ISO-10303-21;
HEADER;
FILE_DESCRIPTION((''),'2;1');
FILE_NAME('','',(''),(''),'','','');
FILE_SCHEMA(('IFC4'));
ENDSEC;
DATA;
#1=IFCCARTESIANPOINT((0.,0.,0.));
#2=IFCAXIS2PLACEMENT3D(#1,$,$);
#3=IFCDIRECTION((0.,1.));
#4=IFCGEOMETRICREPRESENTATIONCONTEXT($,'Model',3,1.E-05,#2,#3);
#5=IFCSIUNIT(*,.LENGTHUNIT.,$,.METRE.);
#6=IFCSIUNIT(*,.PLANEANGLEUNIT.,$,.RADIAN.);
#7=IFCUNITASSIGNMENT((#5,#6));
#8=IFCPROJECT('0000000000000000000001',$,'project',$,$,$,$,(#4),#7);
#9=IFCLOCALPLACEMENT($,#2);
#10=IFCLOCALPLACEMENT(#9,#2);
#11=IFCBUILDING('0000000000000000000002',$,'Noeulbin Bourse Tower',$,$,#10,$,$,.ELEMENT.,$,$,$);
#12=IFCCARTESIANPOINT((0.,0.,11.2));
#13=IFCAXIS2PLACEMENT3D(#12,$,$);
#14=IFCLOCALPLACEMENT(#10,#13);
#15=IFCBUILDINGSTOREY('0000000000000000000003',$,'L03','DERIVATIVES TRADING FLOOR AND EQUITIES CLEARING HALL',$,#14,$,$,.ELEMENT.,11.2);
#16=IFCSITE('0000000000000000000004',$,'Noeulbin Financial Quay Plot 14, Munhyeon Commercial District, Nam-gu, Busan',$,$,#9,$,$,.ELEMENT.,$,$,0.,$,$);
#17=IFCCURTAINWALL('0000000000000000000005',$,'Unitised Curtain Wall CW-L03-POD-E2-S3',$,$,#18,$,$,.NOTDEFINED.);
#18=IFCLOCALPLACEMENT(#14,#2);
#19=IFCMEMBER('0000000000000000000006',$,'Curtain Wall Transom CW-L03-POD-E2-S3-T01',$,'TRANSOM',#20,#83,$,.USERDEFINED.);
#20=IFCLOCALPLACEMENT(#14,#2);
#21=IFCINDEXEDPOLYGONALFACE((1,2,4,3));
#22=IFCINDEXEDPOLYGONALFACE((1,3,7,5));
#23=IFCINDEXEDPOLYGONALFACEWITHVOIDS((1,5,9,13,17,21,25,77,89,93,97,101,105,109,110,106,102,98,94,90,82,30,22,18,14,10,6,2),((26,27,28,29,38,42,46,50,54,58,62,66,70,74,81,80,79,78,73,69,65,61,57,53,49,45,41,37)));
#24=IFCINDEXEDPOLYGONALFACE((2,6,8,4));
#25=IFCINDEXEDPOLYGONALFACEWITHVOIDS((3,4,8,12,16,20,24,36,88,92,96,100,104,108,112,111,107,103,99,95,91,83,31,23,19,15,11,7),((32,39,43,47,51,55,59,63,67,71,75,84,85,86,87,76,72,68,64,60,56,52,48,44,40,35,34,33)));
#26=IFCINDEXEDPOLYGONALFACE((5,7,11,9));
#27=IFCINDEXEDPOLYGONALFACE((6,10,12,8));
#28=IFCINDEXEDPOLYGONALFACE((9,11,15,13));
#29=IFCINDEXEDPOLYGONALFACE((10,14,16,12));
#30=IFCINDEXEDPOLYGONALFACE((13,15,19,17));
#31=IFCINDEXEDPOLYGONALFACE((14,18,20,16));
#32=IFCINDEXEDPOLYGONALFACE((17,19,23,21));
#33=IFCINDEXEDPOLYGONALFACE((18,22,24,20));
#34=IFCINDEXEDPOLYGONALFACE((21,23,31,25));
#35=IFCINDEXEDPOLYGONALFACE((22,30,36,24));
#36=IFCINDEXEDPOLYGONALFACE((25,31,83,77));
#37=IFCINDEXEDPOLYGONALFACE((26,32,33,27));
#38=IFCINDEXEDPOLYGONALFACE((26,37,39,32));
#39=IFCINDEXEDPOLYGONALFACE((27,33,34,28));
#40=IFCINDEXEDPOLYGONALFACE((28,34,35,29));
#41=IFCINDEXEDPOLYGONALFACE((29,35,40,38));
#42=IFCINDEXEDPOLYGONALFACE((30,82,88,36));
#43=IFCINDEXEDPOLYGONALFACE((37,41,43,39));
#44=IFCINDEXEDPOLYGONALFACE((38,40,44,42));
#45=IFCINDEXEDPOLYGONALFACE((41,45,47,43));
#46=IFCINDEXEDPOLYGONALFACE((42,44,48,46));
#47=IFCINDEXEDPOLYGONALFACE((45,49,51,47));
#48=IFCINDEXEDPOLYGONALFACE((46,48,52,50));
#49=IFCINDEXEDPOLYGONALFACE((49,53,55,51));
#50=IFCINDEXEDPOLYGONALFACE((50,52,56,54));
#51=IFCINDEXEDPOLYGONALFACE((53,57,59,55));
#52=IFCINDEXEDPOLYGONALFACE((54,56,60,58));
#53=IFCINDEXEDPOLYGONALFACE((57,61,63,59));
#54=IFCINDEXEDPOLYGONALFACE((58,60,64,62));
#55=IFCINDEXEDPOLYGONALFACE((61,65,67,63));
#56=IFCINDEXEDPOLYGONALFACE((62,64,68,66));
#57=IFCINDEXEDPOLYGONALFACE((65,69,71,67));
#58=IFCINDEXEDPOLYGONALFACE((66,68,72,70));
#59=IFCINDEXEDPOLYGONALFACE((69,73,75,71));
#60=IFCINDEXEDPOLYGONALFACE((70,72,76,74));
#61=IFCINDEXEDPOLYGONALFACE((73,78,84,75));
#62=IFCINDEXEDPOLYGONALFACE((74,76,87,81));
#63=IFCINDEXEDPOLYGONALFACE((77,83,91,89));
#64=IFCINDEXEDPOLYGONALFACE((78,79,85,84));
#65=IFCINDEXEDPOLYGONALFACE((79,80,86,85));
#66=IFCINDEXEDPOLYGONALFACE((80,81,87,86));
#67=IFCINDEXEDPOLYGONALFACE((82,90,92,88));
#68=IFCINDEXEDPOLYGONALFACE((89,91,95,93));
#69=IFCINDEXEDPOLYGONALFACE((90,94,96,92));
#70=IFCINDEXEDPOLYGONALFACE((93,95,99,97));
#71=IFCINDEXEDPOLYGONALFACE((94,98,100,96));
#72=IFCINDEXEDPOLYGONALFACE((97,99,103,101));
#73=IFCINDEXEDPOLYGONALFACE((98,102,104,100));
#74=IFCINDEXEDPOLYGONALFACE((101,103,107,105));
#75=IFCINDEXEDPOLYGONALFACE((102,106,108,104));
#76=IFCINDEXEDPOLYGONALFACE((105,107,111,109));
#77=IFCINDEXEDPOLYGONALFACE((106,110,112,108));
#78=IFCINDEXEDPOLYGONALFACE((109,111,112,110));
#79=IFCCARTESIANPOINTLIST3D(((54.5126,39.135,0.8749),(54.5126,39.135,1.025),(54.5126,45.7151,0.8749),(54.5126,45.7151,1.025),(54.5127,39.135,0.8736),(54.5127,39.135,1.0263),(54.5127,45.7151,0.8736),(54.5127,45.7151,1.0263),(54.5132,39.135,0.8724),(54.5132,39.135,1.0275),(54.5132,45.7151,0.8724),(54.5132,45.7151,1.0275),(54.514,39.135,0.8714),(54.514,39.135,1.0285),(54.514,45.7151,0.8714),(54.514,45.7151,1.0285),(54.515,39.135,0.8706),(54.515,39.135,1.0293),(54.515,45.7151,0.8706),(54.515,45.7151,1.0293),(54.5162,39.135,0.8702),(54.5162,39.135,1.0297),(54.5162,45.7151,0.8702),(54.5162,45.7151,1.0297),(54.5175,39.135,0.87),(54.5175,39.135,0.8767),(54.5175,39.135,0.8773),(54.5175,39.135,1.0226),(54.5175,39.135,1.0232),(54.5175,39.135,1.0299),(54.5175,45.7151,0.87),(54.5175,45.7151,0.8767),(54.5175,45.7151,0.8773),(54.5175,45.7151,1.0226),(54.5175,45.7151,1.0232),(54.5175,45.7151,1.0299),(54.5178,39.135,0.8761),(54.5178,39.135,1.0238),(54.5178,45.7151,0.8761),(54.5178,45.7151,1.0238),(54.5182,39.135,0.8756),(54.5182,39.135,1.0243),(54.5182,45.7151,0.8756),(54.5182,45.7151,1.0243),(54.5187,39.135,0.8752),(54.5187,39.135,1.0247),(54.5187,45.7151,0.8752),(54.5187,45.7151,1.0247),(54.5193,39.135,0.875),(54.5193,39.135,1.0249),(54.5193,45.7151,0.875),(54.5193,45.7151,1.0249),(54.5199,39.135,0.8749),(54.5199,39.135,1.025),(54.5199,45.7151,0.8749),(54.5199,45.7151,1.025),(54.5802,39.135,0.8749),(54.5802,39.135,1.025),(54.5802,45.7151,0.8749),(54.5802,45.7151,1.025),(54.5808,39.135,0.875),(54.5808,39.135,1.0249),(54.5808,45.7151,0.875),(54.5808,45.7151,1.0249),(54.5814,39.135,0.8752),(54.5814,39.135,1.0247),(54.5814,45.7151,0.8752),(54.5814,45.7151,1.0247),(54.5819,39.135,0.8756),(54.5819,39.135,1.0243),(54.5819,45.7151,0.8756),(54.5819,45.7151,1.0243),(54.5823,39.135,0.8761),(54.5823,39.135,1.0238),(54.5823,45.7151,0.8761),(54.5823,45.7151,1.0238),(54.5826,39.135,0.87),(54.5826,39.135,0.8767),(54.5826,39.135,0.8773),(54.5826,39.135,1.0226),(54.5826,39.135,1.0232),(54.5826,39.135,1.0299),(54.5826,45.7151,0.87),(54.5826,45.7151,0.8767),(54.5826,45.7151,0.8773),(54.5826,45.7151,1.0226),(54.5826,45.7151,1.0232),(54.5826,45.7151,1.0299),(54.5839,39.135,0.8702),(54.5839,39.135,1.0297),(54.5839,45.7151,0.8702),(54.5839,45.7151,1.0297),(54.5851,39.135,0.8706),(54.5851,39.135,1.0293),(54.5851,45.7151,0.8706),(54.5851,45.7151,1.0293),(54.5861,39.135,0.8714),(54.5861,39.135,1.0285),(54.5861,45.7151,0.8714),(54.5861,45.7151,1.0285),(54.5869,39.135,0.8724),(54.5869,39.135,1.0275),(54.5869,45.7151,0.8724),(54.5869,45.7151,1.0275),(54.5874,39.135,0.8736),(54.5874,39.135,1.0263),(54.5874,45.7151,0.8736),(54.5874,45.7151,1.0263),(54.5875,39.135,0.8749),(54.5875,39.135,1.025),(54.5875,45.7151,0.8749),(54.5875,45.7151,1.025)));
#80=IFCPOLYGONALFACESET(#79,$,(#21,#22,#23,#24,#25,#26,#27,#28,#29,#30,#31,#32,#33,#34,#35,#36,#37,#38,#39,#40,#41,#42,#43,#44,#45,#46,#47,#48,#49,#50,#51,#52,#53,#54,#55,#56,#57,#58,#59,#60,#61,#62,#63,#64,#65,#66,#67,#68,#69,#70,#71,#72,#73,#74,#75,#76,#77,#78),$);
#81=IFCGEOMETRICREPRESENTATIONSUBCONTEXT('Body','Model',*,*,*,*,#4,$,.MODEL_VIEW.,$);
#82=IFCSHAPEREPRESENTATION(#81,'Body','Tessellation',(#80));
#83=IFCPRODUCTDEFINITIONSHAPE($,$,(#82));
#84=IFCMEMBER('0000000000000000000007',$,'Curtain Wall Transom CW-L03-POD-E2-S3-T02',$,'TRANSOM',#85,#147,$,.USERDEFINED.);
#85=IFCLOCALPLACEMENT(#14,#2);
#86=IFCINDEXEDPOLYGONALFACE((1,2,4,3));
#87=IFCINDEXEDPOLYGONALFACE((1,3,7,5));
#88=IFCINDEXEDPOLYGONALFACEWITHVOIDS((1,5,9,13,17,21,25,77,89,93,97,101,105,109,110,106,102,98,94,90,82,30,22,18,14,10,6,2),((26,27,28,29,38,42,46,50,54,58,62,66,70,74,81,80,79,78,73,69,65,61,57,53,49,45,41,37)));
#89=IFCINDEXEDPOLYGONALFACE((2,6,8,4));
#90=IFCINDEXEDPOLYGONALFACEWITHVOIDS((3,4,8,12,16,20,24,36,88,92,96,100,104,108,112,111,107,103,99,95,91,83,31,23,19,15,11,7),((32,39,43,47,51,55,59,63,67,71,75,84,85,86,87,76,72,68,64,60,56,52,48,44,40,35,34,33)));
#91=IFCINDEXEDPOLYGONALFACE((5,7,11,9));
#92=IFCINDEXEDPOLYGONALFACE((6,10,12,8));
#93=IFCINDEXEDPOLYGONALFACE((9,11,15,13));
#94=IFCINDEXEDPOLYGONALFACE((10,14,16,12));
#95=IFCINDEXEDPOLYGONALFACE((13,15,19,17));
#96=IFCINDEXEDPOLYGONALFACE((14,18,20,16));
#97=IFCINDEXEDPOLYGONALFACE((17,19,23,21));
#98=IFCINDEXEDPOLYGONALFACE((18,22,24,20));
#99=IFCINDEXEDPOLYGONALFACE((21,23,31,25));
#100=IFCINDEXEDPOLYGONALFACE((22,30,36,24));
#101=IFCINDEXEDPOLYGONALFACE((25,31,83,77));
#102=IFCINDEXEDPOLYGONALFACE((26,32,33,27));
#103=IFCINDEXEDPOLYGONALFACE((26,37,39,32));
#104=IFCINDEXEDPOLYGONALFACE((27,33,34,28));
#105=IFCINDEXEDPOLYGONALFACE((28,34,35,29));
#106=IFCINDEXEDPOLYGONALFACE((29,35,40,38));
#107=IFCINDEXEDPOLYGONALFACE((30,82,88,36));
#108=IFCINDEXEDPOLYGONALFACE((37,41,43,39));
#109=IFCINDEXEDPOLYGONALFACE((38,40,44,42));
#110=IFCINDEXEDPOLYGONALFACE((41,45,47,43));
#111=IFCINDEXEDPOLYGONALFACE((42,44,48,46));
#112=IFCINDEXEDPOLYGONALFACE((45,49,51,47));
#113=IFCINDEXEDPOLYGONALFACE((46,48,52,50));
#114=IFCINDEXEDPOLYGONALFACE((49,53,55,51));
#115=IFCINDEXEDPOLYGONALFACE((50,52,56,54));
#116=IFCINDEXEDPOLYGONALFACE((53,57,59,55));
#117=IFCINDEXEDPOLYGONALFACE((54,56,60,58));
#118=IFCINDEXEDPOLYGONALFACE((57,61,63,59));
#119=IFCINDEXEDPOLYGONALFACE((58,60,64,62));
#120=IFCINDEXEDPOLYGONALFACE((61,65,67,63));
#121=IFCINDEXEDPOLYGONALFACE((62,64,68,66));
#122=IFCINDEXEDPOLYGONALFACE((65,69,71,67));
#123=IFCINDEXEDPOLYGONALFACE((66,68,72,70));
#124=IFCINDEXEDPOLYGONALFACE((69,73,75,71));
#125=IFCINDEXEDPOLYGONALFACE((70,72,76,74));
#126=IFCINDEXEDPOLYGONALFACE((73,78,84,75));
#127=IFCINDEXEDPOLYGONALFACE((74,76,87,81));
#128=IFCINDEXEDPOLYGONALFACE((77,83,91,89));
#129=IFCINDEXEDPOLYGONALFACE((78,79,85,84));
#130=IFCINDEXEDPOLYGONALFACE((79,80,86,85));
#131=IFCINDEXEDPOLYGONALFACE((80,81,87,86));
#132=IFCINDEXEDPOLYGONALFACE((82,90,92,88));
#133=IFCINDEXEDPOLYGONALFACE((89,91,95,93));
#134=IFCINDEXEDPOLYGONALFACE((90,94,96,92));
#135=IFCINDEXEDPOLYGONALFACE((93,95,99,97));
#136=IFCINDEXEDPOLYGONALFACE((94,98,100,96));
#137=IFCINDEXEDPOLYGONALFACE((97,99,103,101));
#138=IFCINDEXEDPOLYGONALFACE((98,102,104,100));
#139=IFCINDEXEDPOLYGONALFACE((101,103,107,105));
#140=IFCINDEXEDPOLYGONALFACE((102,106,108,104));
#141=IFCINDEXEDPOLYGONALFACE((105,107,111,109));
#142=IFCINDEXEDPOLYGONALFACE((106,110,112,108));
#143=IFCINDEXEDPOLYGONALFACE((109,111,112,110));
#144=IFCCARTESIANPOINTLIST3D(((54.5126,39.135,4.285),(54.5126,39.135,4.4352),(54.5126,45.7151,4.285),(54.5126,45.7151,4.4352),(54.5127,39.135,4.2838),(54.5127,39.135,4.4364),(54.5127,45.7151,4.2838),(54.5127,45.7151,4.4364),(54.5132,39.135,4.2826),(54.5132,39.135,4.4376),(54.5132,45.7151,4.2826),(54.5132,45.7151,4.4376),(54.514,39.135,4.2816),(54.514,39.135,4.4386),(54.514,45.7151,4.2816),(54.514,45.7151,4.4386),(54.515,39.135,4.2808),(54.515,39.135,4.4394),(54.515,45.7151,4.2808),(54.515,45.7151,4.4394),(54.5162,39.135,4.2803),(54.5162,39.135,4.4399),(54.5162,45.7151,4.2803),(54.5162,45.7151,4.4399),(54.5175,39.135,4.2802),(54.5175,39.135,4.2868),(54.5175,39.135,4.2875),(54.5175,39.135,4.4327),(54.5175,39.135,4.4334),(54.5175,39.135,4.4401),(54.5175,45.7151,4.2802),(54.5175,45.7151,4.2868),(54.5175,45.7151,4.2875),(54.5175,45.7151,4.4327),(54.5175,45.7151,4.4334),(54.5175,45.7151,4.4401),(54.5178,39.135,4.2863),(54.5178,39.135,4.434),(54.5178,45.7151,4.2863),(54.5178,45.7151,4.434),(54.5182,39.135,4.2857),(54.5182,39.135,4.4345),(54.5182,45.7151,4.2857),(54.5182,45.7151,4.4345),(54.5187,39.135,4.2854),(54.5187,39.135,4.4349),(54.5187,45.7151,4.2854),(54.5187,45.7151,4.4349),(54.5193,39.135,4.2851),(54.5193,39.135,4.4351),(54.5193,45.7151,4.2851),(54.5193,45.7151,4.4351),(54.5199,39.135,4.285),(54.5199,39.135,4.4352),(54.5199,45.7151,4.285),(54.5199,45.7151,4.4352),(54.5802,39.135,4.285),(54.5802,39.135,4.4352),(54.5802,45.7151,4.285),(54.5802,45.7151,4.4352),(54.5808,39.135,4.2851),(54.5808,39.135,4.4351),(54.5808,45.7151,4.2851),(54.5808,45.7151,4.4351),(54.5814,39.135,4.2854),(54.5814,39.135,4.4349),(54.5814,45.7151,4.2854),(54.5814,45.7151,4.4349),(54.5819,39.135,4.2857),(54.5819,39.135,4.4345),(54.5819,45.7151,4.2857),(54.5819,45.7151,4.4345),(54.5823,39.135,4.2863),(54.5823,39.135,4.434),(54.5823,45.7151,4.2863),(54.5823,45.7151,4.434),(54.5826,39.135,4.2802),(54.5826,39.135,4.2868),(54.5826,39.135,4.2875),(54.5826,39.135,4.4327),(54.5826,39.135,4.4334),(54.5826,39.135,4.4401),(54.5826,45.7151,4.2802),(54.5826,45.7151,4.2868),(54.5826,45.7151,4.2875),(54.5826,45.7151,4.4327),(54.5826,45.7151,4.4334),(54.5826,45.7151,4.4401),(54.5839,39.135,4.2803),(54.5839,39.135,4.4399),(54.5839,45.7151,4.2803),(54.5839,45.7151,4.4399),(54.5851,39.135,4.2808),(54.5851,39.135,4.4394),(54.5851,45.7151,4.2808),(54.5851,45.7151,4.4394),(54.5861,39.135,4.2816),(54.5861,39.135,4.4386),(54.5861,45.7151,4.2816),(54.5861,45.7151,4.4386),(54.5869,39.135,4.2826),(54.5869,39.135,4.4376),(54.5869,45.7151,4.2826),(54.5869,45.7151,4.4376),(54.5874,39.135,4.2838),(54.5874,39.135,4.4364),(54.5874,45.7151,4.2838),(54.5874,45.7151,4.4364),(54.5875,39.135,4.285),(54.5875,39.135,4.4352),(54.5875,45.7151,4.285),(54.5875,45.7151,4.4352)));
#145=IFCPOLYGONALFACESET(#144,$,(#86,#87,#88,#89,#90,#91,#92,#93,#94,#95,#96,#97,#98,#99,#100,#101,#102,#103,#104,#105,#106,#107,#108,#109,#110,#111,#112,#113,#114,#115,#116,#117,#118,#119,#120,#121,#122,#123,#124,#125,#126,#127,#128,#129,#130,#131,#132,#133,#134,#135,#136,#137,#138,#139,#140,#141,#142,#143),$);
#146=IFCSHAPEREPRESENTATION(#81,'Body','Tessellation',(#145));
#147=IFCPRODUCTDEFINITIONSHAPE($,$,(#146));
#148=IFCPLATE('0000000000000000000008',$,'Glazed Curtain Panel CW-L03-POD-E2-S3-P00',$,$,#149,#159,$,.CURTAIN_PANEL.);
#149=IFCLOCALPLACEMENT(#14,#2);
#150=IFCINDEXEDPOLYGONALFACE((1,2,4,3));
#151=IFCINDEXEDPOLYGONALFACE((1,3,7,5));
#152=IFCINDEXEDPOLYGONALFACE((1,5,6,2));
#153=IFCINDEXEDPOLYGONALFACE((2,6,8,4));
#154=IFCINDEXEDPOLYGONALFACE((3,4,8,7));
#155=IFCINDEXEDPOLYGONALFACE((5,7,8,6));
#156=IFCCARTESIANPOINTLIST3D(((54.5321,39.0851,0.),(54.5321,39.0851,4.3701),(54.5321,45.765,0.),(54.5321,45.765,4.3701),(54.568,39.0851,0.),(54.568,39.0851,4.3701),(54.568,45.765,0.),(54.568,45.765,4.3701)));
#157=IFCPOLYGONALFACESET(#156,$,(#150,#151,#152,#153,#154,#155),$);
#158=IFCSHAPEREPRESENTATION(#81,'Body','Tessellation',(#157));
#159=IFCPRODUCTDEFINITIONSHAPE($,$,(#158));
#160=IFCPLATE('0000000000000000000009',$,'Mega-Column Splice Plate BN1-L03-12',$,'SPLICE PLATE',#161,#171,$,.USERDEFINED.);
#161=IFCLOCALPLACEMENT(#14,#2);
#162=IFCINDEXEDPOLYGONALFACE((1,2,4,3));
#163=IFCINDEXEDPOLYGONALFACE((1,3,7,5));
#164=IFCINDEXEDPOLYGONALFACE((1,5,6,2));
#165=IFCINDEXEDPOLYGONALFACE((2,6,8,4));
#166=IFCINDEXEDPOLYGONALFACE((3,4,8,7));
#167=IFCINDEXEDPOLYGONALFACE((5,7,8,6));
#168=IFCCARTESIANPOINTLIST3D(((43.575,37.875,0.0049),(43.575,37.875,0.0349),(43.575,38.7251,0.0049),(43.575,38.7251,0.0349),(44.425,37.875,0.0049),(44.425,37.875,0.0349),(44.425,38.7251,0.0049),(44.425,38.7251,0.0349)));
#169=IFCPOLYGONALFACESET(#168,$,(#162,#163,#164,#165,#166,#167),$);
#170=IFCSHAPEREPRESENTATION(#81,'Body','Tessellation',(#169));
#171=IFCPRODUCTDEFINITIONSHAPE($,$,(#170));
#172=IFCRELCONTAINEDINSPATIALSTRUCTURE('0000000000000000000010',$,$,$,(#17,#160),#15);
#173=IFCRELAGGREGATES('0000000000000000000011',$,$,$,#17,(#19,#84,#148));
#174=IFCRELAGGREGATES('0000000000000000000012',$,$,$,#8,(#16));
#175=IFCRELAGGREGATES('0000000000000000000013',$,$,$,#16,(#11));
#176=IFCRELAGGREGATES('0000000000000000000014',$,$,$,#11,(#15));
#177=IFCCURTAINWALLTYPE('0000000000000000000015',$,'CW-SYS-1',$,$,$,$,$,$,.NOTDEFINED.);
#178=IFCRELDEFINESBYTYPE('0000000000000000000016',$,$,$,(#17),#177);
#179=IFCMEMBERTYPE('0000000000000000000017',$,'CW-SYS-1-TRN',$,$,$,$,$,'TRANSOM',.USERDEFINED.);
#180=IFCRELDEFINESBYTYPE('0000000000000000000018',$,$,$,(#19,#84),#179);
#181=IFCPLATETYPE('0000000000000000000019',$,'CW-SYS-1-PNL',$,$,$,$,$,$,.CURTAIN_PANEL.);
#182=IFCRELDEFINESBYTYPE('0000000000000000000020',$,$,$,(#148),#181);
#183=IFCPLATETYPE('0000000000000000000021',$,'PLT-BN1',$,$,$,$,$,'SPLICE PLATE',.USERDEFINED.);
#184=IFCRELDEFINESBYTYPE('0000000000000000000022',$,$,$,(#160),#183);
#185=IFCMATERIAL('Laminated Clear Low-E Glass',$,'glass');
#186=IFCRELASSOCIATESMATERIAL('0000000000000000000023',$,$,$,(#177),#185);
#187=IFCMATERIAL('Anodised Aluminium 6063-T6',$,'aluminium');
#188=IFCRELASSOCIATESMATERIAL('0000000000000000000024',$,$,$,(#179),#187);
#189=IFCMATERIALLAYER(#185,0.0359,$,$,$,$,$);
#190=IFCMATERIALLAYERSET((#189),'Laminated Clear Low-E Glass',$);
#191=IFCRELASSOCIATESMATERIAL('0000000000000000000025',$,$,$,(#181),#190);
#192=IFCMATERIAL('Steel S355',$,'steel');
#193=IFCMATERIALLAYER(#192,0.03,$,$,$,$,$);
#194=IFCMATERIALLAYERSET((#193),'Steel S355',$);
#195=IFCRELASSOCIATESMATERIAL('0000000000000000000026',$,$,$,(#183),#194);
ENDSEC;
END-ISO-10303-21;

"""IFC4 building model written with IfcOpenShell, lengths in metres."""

from ifc_helpers import new_model, si_unit, direction, frame, origin, origin_2d, place, context, subcontext, project, spatial, rectangle, hollow_rectangle, extrude, material, layer, layer_set, material_profile, profile_set, type_object, element, aggregate, save


model = new_model("IFC4")

# Units and contexts
model_context = context("Model", 3, precision=1e-05, world=origin(), true_north=direction((0.0, 1.0)))
body_context = subcontext(model_context, "Body", "Model", "MODEL_VIEW")
ifc_project = project(units=[si_unit("LENGTHUNIT", "METRE"), si_unit("PLANEANGLEUNIT", "RADIAN")], contexts=[model_context])

# Site, building, storey
site_placement = place(None, origin())
site = spatial("IfcSite", under=ifc_project, at=site_placement, Name="Noeulbin Financial Quay Plot 14, Munhyeon Commercial District, Nam-gu, Busan", CompositionType="ELEMENT", RefElevation=0.0)
building_placement = place(site_placement, origin())
building = spatial("IfcBuilding", under=site, at=building_placement, Name="Noeulbin Bourse Tower", CompositionType="ELEMENT")
storey_placement = place(building_placement, frame((0.0, 0.0, 11.2)))
storey = spatial("IfcBuildingStorey", under=building, at=storey_placement, Name="L03", Description="DERIVATIVES TRADING FLOOR AND EQUITIES CLEARING HALL", CompositionType="ELEMENT", Elevation=11.2)

# Shared definitions
ifc_material_1 = material(Name="Steel S355", Category="steel")

# Curtain wall, members, plate
ifc_material_2 = material(Name="Laminated Clear Low-E Glass", Category="glass")
curtain_wall_type = type_object("IfcCurtainWallType", Name="CW-SYS-1", PredefinedType="NOTDEFINED", material=ifc_material_2)
curtain_wall_placement = place(storey_placement, origin())
curtain_wall = element("IfcCurtainWall", 1, at=curtain_wall_placement, inside=storey, type_object=curtain_wall_type, Name="Unitised Curtain Wall CW-L03-POD-E2-S3", PredefinedType="NOTDEFINED")
ifc_material_3 = material(Name="Anodised Aluminium 6063-T6", Category="aluminium")
ifc_material_profile_1 = material_profile(ifc_material_3, hollow_rectangle(XDim=0.075, YDim=0.1599, WallThickness=0.0049, InnerFilletRadius=0.0024, OuterFilletRadius=0.0049, at=origin_2d()), Name="ALU-TRAN-75x160x5", Category="LoadBearing")
ifc_profile_set_1 = profile_set([ifc_material_profile_1], Name="Anodised Aluminium 6063-T6")
member_type_1 = type_object("IfcMemberType", Name="CW-SYS-1-TRN", ElementType="TRANSOM", PredefinedType="USERDEFINED", material=ifc_profile_set_1)
member_1_placement = place(storey_placement, frame((54.55, 39.135, 0.95), z_axis=(0.0, 1.0, 0.0), x_axis=(-1.0, 0.0, 0.0)))
member_1 = element("IfcMember", 2, at=member_1_placement, type_object=member_type_1, Name="Curtain Wall Transom CW-L03-POD-E2-S3-T01", ObjectType="TRANSOM", PredefinedType="USERDEFINED", context=body_context, shape_type="SweptSolid", body=[
    extrude(hollow_rectangle(XDim=0.075, YDim=0.1599, WallThickness=0.0049, InnerFilletRadius=0.0024, OuterFilletRadius=0.0049, at=origin_2d()), origin(), (0.0, 0.0, 1.0), 6.5801),
])
member_2_placement = place(storey_placement, frame((54.55, 39.135, 4.3601), z_axis=(0.0, 1.0, 0.0), x_axis=(-1.0, 0.0, 0.0)))
member_2 = element("IfcMember", 3, at=member_2_placement, type_object=member_type_1, Name="Curtain Wall Transom CW-L03-POD-E2-S3-T02", ObjectType="TRANSOM", PredefinedType="USERDEFINED", context=body_context, shape_type="SweptSolid", body=[
    extrude(hollow_rectangle(XDim=0.075, YDim=0.1599, WallThickness=0.0049, InnerFilletRadius=0.0024, OuterFilletRadius=0.0049, at=origin_2d()), origin(), (0.0, 0.0, 1.0), 6.5801),
])
ifc_layer_1 = layer(ifc_material_2, 0.0359)
ifc_layer_set_1 = layer_set([ifc_layer_1], Name="Laminated Clear Low-E Glass")
plate_type_1 = type_object("IfcPlateType", Name="CW-SYS-1-PNL", PredefinedType="CURTAIN_PANEL", material=ifc_layer_set_1)
plate_1_placement = place(storey_placement, frame((54.55, 42.425, 0.0), z_axis=(0.0, 0.0, 1.0), x_axis=(0.0, 1.0, 0.0)))
plate_1 = element("IfcPlate", 4, at=plate_1_placement, type_object=plate_type_1, Name="Glazed Curtain Panel CW-L03-POD-E2-S3-P00", PredefinedType="CURTAIN_PANEL", context=body_context, shape_type="SweptSolid", body=[
    extrude(rectangle(XDim=6.6799, YDim=0.0359, at=origin_2d()), origin(), (0.0, 0.0, 1.0), 4.3701),
])
aggregate(curtain_wall, [member_1, member_2, plate_1])

# Plate
ifc_layer_2 = layer(ifc_material_1, 0.03)
ifc_layer_set_2 = layer_set([ifc_layer_2], Name="Steel S355")
plate_type_2 = type_object("IfcPlateType", Name="PLT-BN1", ElementType="SPLICE PLATE", PredefinedType="USERDEFINED", material=ifc_layer_set_2)
plate_2_placement = place(storey_placement, frame((44.0, 38.3, 0.0049), z_axis=(0.0, 0.0, 1.0), x_axis=(1.0, 0.0, 0.0)))
element("IfcPlate", 5, at=plate_2_placement, inside=storey, type_object=plate_type_2, Name="Mega-Column Splice Plate BN1-L03-12", ObjectType="SPLICE PLATE", PredefinedType="USERDEFINED", context=body_context, shape_type="SweptSolid", body=[
    extrude(rectangle(XDim=0.8501, YDim=0.8501, at=origin_2d()), origin(), (0.0, 0.0, 1.0), 0.03),
])

save(model, "model.ifc")
